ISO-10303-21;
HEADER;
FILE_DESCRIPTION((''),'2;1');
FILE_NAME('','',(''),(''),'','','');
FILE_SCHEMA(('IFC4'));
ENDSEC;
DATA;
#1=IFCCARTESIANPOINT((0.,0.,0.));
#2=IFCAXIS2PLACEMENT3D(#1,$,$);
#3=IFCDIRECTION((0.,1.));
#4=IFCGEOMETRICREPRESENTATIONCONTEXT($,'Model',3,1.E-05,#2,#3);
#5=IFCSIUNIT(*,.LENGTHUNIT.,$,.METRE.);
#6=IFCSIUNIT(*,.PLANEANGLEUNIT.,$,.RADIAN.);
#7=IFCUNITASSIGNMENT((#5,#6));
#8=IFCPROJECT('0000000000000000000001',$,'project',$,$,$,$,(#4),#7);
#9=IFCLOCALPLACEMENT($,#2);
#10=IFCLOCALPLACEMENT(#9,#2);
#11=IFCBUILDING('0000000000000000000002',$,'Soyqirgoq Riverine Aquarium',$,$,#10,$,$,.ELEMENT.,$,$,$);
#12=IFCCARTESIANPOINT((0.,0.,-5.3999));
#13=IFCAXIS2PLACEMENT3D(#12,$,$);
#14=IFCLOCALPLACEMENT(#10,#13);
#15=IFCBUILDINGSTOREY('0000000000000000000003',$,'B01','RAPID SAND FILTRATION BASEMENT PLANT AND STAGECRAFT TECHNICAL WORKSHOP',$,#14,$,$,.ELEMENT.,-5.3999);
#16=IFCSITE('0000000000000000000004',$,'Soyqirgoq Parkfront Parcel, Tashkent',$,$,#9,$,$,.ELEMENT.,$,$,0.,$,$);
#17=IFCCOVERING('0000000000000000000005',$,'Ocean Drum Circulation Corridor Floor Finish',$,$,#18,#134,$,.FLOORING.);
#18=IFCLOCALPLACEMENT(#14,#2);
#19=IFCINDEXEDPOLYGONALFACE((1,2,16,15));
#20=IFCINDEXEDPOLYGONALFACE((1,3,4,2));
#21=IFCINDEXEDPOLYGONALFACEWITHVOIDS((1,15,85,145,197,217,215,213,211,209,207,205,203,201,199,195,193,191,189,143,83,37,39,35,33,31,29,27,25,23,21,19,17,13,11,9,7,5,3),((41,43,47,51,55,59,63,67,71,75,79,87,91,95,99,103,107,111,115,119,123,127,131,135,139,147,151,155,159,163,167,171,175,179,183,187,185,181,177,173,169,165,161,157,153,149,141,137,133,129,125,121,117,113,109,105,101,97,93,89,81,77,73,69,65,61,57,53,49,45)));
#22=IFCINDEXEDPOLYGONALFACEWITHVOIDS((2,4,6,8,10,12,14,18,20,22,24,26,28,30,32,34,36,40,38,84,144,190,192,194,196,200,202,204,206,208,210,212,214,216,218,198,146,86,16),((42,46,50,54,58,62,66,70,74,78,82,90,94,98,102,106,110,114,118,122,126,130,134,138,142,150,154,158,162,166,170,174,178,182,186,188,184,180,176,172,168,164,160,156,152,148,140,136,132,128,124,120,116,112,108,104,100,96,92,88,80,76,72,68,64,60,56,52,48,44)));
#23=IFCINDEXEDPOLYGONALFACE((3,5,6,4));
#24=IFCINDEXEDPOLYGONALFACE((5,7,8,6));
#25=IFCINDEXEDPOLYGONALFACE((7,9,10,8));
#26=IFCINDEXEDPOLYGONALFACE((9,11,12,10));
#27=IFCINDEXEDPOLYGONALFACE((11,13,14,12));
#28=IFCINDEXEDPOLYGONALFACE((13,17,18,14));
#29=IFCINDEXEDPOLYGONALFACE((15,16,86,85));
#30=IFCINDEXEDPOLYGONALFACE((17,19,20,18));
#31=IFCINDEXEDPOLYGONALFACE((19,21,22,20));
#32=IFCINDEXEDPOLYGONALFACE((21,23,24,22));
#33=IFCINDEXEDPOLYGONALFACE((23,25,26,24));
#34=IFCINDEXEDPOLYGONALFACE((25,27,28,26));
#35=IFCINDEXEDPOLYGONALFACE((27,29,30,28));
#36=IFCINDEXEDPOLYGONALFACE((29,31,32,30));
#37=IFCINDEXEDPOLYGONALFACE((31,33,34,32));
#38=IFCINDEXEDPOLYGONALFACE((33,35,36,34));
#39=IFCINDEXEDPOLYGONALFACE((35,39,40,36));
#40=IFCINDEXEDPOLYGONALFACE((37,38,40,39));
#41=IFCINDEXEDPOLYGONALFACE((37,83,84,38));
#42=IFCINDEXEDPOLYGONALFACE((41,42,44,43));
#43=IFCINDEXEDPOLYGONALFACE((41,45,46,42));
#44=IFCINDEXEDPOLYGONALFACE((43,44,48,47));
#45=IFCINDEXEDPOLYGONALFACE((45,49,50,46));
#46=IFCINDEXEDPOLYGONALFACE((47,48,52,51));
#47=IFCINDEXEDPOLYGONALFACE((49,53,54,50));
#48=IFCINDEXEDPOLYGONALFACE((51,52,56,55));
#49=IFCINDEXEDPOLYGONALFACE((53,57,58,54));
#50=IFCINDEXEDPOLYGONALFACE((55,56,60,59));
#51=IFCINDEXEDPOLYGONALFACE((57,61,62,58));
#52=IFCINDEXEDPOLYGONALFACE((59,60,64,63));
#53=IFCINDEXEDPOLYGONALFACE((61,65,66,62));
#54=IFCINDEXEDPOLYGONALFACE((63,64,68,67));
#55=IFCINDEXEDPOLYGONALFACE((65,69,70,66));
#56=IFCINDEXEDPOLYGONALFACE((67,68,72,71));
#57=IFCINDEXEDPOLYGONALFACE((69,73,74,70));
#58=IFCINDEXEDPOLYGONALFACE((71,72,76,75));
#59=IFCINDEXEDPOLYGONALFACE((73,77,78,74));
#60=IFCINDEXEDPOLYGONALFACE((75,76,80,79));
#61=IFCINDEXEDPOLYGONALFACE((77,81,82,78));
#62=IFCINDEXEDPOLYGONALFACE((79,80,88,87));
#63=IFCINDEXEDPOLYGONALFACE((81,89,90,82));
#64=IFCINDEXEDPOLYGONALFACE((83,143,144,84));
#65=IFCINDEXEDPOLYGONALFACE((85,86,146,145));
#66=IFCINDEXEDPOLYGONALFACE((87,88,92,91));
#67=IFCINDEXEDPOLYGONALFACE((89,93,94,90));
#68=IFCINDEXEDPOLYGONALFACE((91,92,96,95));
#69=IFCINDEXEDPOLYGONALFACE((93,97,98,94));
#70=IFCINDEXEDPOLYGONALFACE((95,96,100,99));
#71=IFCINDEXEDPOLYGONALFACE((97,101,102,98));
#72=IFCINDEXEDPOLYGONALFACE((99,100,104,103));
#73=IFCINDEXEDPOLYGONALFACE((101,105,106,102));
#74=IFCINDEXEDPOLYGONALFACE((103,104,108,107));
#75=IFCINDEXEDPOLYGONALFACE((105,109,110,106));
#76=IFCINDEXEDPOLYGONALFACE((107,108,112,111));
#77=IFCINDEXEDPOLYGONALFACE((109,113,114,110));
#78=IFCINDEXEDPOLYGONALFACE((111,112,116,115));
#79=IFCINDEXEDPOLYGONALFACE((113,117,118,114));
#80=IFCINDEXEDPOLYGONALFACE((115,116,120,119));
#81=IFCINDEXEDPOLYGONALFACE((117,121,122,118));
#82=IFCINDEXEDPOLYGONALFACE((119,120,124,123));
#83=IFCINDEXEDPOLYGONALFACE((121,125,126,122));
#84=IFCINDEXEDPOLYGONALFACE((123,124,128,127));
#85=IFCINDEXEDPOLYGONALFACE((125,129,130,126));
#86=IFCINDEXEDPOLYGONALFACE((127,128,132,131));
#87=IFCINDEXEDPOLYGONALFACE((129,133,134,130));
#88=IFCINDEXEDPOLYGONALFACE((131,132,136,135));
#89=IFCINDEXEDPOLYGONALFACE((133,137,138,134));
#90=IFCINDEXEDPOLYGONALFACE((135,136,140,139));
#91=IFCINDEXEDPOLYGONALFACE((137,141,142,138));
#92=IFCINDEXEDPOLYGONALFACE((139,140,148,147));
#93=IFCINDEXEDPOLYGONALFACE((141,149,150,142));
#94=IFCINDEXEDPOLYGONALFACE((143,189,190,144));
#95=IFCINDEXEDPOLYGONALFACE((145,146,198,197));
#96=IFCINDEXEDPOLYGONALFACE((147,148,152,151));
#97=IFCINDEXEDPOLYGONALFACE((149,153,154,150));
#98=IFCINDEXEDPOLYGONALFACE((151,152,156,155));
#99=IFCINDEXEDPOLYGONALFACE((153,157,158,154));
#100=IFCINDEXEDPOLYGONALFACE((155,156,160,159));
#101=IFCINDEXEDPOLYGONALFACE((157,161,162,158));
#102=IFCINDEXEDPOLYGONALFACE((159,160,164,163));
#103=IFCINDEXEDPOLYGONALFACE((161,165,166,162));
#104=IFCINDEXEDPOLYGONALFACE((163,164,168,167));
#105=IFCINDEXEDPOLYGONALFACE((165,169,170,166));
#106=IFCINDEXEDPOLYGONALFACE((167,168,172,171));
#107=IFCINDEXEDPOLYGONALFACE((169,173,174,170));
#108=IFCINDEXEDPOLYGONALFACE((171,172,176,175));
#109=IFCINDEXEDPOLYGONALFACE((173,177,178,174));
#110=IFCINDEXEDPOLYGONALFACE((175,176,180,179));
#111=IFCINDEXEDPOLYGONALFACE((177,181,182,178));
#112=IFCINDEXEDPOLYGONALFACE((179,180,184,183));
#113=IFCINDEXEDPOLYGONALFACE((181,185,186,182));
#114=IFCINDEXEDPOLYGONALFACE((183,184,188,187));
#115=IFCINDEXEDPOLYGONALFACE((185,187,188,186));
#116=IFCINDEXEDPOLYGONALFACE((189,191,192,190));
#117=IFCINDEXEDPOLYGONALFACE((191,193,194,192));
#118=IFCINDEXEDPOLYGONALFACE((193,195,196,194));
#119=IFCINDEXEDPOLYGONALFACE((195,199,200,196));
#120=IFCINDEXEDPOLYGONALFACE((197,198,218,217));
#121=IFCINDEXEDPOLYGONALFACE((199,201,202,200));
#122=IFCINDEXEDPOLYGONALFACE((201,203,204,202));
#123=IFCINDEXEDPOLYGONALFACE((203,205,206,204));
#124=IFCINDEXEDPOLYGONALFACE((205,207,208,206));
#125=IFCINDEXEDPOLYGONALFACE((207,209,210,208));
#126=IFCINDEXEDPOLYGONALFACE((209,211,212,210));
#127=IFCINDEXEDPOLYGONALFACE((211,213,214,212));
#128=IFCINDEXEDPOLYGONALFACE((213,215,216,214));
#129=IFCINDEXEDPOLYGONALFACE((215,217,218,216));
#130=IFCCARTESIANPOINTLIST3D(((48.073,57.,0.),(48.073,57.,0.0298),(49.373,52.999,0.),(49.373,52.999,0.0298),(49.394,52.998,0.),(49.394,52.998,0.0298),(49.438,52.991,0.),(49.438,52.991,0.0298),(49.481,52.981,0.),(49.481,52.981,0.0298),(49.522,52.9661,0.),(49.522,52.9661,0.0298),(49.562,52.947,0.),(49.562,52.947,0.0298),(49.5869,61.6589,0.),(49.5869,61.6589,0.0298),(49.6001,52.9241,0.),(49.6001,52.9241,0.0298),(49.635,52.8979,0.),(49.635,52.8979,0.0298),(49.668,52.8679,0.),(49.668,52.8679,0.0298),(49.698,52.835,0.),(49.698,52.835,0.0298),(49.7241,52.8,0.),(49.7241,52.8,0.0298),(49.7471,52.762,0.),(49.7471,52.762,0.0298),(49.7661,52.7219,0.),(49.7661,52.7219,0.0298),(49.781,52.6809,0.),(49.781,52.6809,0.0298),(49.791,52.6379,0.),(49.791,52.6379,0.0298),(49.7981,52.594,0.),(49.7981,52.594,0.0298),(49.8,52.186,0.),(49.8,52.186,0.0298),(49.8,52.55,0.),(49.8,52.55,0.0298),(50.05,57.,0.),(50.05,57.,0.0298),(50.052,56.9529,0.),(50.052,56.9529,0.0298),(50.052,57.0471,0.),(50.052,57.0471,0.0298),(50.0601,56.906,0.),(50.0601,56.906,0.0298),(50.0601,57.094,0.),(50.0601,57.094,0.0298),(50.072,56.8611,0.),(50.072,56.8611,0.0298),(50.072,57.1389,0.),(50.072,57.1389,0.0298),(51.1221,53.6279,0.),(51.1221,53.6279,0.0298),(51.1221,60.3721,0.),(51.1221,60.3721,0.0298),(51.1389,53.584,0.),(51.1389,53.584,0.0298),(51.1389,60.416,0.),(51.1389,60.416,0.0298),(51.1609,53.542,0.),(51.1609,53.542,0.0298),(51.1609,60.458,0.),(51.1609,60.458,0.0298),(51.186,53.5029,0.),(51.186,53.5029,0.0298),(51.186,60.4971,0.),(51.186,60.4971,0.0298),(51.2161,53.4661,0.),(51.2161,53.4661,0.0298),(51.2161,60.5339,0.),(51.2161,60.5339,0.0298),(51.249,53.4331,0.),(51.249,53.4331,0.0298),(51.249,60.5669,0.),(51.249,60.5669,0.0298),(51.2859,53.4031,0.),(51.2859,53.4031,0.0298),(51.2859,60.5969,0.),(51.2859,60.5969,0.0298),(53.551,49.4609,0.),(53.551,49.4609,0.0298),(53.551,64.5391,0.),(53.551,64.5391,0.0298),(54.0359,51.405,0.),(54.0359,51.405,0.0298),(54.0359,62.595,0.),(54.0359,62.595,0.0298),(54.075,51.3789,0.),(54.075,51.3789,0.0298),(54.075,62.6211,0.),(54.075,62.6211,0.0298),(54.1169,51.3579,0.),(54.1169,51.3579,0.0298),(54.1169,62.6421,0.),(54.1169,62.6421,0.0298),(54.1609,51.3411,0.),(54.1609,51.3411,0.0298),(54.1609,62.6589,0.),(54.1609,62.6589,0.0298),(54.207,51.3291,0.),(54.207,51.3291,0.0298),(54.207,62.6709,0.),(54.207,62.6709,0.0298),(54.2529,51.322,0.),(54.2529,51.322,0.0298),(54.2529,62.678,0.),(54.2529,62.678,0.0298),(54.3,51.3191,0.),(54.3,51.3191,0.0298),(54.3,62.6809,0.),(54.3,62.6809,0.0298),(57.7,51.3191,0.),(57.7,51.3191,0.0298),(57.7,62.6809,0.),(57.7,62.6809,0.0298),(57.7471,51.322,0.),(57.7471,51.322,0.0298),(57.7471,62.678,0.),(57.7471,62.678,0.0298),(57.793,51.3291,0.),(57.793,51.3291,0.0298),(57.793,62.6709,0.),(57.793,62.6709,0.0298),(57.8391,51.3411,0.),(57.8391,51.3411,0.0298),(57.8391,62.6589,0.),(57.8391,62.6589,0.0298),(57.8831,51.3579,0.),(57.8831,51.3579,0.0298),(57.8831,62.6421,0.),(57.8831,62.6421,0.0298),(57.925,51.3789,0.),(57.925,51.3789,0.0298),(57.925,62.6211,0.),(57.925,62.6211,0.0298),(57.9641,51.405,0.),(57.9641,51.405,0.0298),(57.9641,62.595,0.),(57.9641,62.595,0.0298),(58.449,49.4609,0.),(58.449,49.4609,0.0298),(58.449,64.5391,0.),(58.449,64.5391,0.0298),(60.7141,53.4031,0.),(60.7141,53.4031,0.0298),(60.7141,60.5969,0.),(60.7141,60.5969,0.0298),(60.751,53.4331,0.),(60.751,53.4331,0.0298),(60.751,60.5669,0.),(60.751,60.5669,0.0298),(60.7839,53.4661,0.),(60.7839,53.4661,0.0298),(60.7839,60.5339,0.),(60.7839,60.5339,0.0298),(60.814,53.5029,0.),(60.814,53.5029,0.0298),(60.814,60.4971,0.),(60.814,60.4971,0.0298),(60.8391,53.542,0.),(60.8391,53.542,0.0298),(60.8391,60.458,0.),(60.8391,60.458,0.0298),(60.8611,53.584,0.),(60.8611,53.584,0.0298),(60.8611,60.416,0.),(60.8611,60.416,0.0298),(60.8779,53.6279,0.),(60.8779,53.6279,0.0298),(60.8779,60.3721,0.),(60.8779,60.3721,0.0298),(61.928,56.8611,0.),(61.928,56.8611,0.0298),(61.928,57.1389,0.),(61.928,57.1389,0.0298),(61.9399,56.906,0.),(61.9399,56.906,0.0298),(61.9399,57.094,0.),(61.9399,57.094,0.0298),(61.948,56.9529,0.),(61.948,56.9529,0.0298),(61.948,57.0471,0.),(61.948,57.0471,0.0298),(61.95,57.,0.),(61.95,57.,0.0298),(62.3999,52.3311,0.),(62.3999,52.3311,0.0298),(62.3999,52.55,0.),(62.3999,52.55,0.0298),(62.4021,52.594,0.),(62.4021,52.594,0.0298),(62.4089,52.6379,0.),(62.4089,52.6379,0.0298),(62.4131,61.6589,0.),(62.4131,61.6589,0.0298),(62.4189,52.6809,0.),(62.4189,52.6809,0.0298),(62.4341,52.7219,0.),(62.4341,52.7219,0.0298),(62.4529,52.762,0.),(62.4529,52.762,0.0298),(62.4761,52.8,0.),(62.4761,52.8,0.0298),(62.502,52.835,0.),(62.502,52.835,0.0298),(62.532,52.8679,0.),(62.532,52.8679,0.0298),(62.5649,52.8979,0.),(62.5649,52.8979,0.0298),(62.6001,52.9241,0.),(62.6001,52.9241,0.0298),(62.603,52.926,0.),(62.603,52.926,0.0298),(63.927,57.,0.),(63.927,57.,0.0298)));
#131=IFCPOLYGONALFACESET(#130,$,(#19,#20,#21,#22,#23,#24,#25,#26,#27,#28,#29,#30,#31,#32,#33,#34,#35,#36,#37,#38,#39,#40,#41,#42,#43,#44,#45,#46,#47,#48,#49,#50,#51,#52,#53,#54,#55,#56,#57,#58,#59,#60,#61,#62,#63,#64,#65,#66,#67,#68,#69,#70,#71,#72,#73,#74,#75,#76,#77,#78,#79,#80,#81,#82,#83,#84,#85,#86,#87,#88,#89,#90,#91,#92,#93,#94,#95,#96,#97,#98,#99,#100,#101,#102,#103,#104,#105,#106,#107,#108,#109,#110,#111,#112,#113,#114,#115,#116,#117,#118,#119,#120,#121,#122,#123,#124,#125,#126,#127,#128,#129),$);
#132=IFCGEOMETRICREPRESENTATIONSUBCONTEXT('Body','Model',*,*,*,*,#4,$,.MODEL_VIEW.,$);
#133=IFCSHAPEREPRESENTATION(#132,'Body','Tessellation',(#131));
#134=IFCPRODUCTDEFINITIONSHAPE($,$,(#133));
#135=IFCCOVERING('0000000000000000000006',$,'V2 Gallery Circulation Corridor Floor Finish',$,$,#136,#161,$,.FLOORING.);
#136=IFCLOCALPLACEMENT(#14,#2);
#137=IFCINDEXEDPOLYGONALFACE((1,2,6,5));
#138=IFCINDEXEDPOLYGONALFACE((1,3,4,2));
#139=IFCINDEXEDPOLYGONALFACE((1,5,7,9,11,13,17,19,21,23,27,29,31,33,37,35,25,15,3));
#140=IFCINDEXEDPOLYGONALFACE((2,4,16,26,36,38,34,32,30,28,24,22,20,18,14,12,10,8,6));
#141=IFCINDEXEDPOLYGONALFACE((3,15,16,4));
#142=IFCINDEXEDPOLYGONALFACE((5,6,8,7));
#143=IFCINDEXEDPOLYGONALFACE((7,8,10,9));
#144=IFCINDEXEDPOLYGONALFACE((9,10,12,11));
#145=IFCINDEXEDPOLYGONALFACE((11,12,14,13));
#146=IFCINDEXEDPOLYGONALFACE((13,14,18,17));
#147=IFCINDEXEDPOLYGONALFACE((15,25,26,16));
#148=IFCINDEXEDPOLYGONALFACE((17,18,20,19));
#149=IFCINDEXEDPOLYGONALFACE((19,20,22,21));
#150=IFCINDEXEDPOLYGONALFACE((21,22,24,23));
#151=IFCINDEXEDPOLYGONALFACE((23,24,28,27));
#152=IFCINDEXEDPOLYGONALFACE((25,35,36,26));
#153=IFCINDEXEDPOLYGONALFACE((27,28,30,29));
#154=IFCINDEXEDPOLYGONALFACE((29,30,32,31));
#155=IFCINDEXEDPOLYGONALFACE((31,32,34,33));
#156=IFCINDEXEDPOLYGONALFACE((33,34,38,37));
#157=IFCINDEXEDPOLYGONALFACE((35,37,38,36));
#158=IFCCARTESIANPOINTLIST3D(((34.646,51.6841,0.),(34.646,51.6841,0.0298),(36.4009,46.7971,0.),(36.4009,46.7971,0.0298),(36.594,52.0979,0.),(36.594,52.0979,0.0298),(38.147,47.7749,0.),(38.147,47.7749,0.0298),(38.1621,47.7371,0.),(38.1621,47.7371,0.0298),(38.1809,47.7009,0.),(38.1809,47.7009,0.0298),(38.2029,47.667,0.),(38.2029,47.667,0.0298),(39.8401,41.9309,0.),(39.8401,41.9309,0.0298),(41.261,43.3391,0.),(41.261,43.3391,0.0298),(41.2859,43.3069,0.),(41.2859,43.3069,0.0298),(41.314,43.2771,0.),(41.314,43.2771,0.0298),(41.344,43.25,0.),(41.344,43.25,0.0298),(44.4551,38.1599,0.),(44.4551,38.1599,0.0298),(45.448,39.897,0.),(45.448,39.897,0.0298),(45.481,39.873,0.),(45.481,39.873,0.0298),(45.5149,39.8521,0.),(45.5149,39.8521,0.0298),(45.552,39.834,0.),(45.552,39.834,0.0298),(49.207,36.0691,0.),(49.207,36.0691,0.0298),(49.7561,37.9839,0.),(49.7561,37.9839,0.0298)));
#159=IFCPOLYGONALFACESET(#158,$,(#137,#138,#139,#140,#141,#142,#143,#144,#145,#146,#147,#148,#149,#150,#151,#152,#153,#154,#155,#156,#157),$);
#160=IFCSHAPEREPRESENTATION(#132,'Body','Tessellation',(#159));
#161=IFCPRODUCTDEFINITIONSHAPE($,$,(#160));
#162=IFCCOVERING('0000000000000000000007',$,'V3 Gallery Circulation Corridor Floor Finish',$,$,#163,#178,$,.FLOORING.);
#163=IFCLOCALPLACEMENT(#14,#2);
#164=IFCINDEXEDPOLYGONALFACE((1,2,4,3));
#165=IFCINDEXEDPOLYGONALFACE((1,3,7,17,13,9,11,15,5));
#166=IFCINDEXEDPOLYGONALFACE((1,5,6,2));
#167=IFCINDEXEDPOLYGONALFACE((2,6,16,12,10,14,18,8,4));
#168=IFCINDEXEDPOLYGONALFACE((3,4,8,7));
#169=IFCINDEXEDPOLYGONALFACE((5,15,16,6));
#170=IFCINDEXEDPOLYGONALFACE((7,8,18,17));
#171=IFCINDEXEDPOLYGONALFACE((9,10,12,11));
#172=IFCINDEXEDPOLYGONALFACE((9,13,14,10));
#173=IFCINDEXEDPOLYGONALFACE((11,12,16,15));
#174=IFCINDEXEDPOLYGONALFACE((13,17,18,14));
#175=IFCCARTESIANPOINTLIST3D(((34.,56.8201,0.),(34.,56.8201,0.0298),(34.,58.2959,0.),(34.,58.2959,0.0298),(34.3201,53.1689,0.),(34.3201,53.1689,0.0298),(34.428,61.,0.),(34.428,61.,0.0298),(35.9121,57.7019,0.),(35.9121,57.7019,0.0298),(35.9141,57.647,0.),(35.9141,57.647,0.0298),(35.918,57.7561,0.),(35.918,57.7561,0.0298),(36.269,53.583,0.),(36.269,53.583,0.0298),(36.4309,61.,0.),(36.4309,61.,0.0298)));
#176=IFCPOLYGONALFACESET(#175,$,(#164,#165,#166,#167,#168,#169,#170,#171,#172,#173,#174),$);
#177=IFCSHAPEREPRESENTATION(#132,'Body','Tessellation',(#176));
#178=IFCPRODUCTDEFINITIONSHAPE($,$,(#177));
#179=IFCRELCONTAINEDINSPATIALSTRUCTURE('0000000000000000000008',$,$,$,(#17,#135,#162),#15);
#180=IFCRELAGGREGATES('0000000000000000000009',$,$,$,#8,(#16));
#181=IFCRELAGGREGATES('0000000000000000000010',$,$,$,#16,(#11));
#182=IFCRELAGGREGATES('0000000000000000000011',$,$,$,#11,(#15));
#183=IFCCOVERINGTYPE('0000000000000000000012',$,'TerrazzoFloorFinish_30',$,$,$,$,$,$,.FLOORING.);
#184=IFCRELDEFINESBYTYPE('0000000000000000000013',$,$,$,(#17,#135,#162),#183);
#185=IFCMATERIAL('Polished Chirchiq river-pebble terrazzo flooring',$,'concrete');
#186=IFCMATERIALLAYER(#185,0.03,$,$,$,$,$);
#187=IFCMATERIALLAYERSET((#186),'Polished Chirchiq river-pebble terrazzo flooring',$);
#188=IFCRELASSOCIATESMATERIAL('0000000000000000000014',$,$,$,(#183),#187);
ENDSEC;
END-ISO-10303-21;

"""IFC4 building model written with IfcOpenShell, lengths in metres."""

from ifc_helpers import new_model, si_unit, direction, frame, origin, place, context, subcontext, project, spatial, polyline, outline, extrude, material, layer, layer_set, type_object, element, save


model = new_model("IFC4")

# Units and contexts
model_context = context("Model", 3, precision=1e-05, world=origin(), true_north=direction((0.0, 1.0)))
body_context = subcontext(model_context, "Body", "Model", "MODEL_VIEW")
ifc_project = project(units=[si_unit("LENGTHUNIT", "METRE"), si_unit("PLANEANGLEUNIT", "RADIAN")], contexts=[model_context])

# Site, building, storey
site_placement = place(None, origin())
site = spatial("IfcSite", under=ifc_project, at=site_placement, Name="Soyqirgoq Parkfront Parcel, Tashkent", CompositionType="ELEMENT", RefElevation=0.0)
building_placement = place(site_placement, origin())
building = spatial("IfcBuilding", under=site, at=building_placement, Name="Soyqirgoq Riverine Aquarium", CompositionType="ELEMENT")
storey_placement = place(building_placement, frame((0.0, 0.0, -5.3999)))
storey = spatial("IfcBuildingStorey", under=building, at=storey_placement, Name="B01", Description="RAPID SAND FILTRATION BASEMENT PLANT AND STAGECRAFT TECHNICAL WORKSHOP", CompositionType="ELEMENT", Elevation=-5.3999)

# Coverings
ifc_material_1 = material(Name="Polished Chirchiq river-pebble terrazzo flooring", Category="concrete")
ifc_layer_1 = layer(ifc_material_1, 0.03)
ifc_layer_set_1 = layer_set([ifc_layer_1], Name="Polished Chirchiq river-pebble terrazzo flooring")
covering_type_1 = type_object("IfcCoveringType", Name="TerrazzoFloorFinish_30", PredefinedType="FLOORING", material=ifc_layer_set_1)
covering_1_placement = place(storey_placement, origin())
element("IfcCovering", 1, at=covering_1_placement, inside=storey, type_object=covering_type_1, Name="Ocean Drum Circulation Corridor Floor Finish", PredefinedType="FLOORING", context=body_context, shape_type="SweptSolid", body=[
    extrude(outline(polyline([(48.073, 57.0), (49.5869, 61.6589), (53.551, 64.5391), (58.449, 64.5391), (62.4131, 61.6589), (63.927, 57.0), (62.603, 52.926), (62.6001, 52.9241), (62.5649, 52.8979), (62.532, 52.8679), (62.502, 52.835), (62.4761, 52.8), (62.4529, 52.762), (62.4341, 52.7219), (62.4189, 52.6809), (62.4089, 52.6379), (62.4021, 52.594), (62.3999, 52.55), (62.3999, 52.3311), (58.449, 49.4609), (53.551, 49.4609), (49.8, 52.186), (49.8, 52.55), (49.7981, 52.594), (49.791, 52.6379), (49.781, 52.6809), (49.7661, 52.7219), (49.7471, 52.762), (49.7241, 52.8), (49.698, 52.835), (49.668, 52.8679), (49.635, 52.8979), (49.6001, 52.9241), (49.562, 52.947), (49.522, 52.9661), (49.481, 52.981), (49.438, 52.991), (49.394, 52.998), (49.373, 52.999), (48.073, 57.0)]), holes=[polyline([(60.7141, 60.5969), (60.751, 60.5669), (60.7839, 60.5339), (60.814, 60.4971), (60.8391, 60.458), (60.8611, 60.416), (60.8779, 60.3721), (61.928, 57.1389), (61.9399, 57.094), (61.948, 57.0471), (61.95, 57.0), (61.948, 56.9529), (61.9399, 56.906), (61.928, 56.8611), (60.8779, 53.6279), (60.8611, 53.584), (60.8391, 53.542), (60.814, 53.5029), (60.7839, 53.4661), (60.751, 53.4331), (60.7141, 53.4031), (57.9641, 51.405), (57.925, 51.3789), (57.8831, 51.3579), (57.8391, 51.3411), (57.793, 51.3291), (57.7471, 51.322), (57.7, 51.3191), (54.3, 51.3191), (54.2529, 51.322), (54.207, 51.3291), (54.1609, 51.3411), (54.1169, 51.3579), (54.075, 51.3789), (54.0359, 51.405), (51.2859, 53.4031), (51.249, 53.4331), (51.2161, 53.4661), (51.186, 53.5029), (51.1609, 53.542), (51.1389, 53.584), (51.1221, 53.6279), (50.072, 56.8611), (50.0601, 56.906), (50.052, 56.9529), (50.05, 57.0), (50.052, 57.0471), (50.0601, 57.094), (50.072, 57.1389), (51.1221, 60.3721), (51.1389, 60.416), (51.1609, 60.458), (51.186, 60.4971), (51.2161, 60.5339), (51.249, 60.5669), (51.2859, 60.5969), (54.0359, 62.595), (54.075, 62.6211), (54.1169, 62.6421), (54.1609, 62.6589), (54.207, 62.6709), (54.2529, 62.678), (54.3, 62.6809), (57.7, 62.6809), (57.7471, 62.678), (57.793, 62.6709), (57.8391, 62.6589), (57.8831, 62.6421), (57.925, 62.6211), (57.9641, 62.595), (60.7141, 60.5969)])]), origin(), (0.0, 0.0, 1.0), 0.0298),
])
covering_2_placement = place(storey_placement, origin())
element("IfcCovering", 2, at=covering_2_placement, inside=storey, type_object=covering_type_1, Name="V2 Gallery Circulation Corridor Floor Finish", PredefinedType="FLOORING", context=body_context, shape_type="SweptSolid", body=[
    extrude(outline(polyline([(49.207, 36.0691), (44.4551, 38.1599), (39.8401, 41.9309), (36.4009, 46.7971), (34.646, 51.6841), (36.594, 52.0979), (38.147, 47.7749), (38.1621, 47.7371), (38.1809, 47.7009), (38.2029, 47.667), (41.261, 43.3391), (41.2859, 43.3069), (41.314, 43.2771), (41.344, 43.25), (45.448, 39.897), (45.481, 39.873), (45.5149, 39.8521), (45.552, 39.834), (49.7561, 37.9839), (49.207, 36.0691)])), origin(), (0.0, 0.0, 1.0), 0.0298),
])
covering_3_placement = place(storey_placement, origin())
element("IfcCovering", 3, at=covering_3_placement, inside=storey, type_object=covering_type_1, Name="V3 Gallery Circulation Corridor Floor Finish", PredefinedType="FLOORING", context=body_context, shape_type="SweptSolid", body=[
    extrude(outline(polyline([(34.3201, 53.1689), (34.0, 56.8201), (34.0, 58.2959), (34.428, 61.0), (36.4309, 61.0), (35.918, 57.7561), (35.9121, 57.7019), (35.9141, 57.647), (36.269, 53.583), (34.3201, 53.1689)])), origin(), (0.0, 0.0, 1.0), 0.0298),
])

save(model, "model.ifc")
